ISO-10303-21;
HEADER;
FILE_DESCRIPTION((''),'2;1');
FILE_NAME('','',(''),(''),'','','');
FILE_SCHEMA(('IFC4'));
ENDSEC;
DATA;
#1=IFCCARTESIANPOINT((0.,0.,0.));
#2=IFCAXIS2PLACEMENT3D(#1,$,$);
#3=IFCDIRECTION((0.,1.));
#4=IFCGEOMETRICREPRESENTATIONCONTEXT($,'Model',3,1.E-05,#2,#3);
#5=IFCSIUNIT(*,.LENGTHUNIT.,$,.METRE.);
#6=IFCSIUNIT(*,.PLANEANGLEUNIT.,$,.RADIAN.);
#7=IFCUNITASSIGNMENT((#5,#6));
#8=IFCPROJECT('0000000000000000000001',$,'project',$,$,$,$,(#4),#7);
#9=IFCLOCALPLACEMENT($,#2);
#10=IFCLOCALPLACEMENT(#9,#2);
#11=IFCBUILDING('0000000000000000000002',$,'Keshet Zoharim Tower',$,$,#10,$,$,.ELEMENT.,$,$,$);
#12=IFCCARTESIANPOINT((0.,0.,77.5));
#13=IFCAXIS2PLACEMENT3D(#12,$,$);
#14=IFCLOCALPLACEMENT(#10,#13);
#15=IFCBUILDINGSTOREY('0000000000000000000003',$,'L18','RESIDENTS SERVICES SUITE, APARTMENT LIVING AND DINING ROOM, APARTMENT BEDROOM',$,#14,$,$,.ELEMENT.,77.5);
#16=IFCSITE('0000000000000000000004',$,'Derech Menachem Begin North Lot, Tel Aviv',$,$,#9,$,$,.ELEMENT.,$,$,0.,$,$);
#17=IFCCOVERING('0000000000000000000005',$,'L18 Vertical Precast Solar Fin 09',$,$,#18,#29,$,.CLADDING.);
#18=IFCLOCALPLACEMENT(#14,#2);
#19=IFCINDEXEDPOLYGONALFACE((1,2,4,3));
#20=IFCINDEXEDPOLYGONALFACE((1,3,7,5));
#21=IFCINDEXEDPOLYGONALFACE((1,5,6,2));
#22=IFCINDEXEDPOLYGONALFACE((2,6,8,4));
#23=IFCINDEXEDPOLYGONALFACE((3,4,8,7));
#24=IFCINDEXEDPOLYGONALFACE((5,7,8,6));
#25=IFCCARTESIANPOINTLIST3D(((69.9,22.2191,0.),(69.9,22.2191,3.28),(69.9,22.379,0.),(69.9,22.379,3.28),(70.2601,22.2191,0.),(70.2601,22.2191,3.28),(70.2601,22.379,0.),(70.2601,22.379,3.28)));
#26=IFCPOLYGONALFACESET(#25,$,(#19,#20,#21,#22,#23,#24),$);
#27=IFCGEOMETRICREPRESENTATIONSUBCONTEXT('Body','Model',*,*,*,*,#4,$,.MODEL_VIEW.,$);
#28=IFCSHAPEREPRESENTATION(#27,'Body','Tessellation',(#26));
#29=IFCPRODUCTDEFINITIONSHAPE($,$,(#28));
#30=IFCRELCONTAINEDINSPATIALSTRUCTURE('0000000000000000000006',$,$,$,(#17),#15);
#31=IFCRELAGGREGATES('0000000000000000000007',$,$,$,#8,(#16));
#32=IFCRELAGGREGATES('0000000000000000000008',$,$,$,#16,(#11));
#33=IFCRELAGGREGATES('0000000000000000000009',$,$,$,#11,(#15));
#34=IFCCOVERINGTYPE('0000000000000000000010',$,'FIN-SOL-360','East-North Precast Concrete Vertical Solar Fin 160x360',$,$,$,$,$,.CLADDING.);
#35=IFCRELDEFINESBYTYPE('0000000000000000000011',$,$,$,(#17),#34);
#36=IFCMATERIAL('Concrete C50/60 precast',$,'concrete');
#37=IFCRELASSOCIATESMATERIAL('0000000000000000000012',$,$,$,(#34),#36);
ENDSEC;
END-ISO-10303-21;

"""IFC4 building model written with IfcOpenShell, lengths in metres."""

from ifc_helpers import new_model, si_unit, direction, frame, origin, origin_2d, place, context, subcontext, project, spatial, rectangle, extrude, material, type_object, element, save


model = new_model("IFC4")

# Units and contexts
model_context = context("Model", 3, precision=1e-05, world=origin(), true_north=direction((0.0, 1.0)))
body_context = subcontext(model_context, "Body", "Model", "MODEL_VIEW")
ifc_project = project(units=[si_unit("LENGTHUNIT", "METRE"), si_unit("PLANEANGLEUNIT", "RADIAN")], contexts=[model_context])

# Site, building, storey
site_placement = place(None, origin())
site = spatial("IfcSite", under=ifc_project, at=site_placement, Name="Derech Menachem Begin North Lot, Tel Aviv", CompositionType="ELEMENT", RefElevation=0.0)
building_placement = place(site_placement, origin())
building = spatial("IfcBuilding", under=site, at=building_placement, Name="Keshet Zoharim Tower", CompositionType="ELEMENT")
storey_placement = place(building_placement, frame((0.0, 0.0, 77.5)))
storey = spatial("IfcBuildingStorey", under=building, at=storey_placement, Name="L18", Description="RESIDENTS SERVICES SUITE, APARTMENT LIVING AND DINING ROOM, APARTMENT BEDROOM", CompositionType="ELEMENT", Elevation=77.5)

# Covering
ifc_material_1 = material(Name="Concrete C50/60 precast", Category="concrete")
covering_type = type_object("IfcCoveringType", Name="FIN-SOL-360", Description="East-North Precast Concrete Vertical Solar Fin 160x360", PredefinedType="CLADDING", material=ifc_material_1)
covering_placement = place(storey_placement, frame((70.0801, 22.2991, 0.0), z_axis=(0.0, 0.0, 1.0), x_axis=(0.0, -1.0, 0.0)))
element("IfcCovering", 1, at=covering_placement, inside=storey, type_object=covering_type, Name="L18 Vertical Precast Solar Fin 09", PredefinedType="CLADDING", context=body_context, shape_type="SweptSolid", body=[
    extrude(rectangle(XDim=0.1599, YDim=0.3601, at=origin_2d()), origin(), (0.0, 0.0, 1.0), 3.28),
])

save(model, "model.ifc")
